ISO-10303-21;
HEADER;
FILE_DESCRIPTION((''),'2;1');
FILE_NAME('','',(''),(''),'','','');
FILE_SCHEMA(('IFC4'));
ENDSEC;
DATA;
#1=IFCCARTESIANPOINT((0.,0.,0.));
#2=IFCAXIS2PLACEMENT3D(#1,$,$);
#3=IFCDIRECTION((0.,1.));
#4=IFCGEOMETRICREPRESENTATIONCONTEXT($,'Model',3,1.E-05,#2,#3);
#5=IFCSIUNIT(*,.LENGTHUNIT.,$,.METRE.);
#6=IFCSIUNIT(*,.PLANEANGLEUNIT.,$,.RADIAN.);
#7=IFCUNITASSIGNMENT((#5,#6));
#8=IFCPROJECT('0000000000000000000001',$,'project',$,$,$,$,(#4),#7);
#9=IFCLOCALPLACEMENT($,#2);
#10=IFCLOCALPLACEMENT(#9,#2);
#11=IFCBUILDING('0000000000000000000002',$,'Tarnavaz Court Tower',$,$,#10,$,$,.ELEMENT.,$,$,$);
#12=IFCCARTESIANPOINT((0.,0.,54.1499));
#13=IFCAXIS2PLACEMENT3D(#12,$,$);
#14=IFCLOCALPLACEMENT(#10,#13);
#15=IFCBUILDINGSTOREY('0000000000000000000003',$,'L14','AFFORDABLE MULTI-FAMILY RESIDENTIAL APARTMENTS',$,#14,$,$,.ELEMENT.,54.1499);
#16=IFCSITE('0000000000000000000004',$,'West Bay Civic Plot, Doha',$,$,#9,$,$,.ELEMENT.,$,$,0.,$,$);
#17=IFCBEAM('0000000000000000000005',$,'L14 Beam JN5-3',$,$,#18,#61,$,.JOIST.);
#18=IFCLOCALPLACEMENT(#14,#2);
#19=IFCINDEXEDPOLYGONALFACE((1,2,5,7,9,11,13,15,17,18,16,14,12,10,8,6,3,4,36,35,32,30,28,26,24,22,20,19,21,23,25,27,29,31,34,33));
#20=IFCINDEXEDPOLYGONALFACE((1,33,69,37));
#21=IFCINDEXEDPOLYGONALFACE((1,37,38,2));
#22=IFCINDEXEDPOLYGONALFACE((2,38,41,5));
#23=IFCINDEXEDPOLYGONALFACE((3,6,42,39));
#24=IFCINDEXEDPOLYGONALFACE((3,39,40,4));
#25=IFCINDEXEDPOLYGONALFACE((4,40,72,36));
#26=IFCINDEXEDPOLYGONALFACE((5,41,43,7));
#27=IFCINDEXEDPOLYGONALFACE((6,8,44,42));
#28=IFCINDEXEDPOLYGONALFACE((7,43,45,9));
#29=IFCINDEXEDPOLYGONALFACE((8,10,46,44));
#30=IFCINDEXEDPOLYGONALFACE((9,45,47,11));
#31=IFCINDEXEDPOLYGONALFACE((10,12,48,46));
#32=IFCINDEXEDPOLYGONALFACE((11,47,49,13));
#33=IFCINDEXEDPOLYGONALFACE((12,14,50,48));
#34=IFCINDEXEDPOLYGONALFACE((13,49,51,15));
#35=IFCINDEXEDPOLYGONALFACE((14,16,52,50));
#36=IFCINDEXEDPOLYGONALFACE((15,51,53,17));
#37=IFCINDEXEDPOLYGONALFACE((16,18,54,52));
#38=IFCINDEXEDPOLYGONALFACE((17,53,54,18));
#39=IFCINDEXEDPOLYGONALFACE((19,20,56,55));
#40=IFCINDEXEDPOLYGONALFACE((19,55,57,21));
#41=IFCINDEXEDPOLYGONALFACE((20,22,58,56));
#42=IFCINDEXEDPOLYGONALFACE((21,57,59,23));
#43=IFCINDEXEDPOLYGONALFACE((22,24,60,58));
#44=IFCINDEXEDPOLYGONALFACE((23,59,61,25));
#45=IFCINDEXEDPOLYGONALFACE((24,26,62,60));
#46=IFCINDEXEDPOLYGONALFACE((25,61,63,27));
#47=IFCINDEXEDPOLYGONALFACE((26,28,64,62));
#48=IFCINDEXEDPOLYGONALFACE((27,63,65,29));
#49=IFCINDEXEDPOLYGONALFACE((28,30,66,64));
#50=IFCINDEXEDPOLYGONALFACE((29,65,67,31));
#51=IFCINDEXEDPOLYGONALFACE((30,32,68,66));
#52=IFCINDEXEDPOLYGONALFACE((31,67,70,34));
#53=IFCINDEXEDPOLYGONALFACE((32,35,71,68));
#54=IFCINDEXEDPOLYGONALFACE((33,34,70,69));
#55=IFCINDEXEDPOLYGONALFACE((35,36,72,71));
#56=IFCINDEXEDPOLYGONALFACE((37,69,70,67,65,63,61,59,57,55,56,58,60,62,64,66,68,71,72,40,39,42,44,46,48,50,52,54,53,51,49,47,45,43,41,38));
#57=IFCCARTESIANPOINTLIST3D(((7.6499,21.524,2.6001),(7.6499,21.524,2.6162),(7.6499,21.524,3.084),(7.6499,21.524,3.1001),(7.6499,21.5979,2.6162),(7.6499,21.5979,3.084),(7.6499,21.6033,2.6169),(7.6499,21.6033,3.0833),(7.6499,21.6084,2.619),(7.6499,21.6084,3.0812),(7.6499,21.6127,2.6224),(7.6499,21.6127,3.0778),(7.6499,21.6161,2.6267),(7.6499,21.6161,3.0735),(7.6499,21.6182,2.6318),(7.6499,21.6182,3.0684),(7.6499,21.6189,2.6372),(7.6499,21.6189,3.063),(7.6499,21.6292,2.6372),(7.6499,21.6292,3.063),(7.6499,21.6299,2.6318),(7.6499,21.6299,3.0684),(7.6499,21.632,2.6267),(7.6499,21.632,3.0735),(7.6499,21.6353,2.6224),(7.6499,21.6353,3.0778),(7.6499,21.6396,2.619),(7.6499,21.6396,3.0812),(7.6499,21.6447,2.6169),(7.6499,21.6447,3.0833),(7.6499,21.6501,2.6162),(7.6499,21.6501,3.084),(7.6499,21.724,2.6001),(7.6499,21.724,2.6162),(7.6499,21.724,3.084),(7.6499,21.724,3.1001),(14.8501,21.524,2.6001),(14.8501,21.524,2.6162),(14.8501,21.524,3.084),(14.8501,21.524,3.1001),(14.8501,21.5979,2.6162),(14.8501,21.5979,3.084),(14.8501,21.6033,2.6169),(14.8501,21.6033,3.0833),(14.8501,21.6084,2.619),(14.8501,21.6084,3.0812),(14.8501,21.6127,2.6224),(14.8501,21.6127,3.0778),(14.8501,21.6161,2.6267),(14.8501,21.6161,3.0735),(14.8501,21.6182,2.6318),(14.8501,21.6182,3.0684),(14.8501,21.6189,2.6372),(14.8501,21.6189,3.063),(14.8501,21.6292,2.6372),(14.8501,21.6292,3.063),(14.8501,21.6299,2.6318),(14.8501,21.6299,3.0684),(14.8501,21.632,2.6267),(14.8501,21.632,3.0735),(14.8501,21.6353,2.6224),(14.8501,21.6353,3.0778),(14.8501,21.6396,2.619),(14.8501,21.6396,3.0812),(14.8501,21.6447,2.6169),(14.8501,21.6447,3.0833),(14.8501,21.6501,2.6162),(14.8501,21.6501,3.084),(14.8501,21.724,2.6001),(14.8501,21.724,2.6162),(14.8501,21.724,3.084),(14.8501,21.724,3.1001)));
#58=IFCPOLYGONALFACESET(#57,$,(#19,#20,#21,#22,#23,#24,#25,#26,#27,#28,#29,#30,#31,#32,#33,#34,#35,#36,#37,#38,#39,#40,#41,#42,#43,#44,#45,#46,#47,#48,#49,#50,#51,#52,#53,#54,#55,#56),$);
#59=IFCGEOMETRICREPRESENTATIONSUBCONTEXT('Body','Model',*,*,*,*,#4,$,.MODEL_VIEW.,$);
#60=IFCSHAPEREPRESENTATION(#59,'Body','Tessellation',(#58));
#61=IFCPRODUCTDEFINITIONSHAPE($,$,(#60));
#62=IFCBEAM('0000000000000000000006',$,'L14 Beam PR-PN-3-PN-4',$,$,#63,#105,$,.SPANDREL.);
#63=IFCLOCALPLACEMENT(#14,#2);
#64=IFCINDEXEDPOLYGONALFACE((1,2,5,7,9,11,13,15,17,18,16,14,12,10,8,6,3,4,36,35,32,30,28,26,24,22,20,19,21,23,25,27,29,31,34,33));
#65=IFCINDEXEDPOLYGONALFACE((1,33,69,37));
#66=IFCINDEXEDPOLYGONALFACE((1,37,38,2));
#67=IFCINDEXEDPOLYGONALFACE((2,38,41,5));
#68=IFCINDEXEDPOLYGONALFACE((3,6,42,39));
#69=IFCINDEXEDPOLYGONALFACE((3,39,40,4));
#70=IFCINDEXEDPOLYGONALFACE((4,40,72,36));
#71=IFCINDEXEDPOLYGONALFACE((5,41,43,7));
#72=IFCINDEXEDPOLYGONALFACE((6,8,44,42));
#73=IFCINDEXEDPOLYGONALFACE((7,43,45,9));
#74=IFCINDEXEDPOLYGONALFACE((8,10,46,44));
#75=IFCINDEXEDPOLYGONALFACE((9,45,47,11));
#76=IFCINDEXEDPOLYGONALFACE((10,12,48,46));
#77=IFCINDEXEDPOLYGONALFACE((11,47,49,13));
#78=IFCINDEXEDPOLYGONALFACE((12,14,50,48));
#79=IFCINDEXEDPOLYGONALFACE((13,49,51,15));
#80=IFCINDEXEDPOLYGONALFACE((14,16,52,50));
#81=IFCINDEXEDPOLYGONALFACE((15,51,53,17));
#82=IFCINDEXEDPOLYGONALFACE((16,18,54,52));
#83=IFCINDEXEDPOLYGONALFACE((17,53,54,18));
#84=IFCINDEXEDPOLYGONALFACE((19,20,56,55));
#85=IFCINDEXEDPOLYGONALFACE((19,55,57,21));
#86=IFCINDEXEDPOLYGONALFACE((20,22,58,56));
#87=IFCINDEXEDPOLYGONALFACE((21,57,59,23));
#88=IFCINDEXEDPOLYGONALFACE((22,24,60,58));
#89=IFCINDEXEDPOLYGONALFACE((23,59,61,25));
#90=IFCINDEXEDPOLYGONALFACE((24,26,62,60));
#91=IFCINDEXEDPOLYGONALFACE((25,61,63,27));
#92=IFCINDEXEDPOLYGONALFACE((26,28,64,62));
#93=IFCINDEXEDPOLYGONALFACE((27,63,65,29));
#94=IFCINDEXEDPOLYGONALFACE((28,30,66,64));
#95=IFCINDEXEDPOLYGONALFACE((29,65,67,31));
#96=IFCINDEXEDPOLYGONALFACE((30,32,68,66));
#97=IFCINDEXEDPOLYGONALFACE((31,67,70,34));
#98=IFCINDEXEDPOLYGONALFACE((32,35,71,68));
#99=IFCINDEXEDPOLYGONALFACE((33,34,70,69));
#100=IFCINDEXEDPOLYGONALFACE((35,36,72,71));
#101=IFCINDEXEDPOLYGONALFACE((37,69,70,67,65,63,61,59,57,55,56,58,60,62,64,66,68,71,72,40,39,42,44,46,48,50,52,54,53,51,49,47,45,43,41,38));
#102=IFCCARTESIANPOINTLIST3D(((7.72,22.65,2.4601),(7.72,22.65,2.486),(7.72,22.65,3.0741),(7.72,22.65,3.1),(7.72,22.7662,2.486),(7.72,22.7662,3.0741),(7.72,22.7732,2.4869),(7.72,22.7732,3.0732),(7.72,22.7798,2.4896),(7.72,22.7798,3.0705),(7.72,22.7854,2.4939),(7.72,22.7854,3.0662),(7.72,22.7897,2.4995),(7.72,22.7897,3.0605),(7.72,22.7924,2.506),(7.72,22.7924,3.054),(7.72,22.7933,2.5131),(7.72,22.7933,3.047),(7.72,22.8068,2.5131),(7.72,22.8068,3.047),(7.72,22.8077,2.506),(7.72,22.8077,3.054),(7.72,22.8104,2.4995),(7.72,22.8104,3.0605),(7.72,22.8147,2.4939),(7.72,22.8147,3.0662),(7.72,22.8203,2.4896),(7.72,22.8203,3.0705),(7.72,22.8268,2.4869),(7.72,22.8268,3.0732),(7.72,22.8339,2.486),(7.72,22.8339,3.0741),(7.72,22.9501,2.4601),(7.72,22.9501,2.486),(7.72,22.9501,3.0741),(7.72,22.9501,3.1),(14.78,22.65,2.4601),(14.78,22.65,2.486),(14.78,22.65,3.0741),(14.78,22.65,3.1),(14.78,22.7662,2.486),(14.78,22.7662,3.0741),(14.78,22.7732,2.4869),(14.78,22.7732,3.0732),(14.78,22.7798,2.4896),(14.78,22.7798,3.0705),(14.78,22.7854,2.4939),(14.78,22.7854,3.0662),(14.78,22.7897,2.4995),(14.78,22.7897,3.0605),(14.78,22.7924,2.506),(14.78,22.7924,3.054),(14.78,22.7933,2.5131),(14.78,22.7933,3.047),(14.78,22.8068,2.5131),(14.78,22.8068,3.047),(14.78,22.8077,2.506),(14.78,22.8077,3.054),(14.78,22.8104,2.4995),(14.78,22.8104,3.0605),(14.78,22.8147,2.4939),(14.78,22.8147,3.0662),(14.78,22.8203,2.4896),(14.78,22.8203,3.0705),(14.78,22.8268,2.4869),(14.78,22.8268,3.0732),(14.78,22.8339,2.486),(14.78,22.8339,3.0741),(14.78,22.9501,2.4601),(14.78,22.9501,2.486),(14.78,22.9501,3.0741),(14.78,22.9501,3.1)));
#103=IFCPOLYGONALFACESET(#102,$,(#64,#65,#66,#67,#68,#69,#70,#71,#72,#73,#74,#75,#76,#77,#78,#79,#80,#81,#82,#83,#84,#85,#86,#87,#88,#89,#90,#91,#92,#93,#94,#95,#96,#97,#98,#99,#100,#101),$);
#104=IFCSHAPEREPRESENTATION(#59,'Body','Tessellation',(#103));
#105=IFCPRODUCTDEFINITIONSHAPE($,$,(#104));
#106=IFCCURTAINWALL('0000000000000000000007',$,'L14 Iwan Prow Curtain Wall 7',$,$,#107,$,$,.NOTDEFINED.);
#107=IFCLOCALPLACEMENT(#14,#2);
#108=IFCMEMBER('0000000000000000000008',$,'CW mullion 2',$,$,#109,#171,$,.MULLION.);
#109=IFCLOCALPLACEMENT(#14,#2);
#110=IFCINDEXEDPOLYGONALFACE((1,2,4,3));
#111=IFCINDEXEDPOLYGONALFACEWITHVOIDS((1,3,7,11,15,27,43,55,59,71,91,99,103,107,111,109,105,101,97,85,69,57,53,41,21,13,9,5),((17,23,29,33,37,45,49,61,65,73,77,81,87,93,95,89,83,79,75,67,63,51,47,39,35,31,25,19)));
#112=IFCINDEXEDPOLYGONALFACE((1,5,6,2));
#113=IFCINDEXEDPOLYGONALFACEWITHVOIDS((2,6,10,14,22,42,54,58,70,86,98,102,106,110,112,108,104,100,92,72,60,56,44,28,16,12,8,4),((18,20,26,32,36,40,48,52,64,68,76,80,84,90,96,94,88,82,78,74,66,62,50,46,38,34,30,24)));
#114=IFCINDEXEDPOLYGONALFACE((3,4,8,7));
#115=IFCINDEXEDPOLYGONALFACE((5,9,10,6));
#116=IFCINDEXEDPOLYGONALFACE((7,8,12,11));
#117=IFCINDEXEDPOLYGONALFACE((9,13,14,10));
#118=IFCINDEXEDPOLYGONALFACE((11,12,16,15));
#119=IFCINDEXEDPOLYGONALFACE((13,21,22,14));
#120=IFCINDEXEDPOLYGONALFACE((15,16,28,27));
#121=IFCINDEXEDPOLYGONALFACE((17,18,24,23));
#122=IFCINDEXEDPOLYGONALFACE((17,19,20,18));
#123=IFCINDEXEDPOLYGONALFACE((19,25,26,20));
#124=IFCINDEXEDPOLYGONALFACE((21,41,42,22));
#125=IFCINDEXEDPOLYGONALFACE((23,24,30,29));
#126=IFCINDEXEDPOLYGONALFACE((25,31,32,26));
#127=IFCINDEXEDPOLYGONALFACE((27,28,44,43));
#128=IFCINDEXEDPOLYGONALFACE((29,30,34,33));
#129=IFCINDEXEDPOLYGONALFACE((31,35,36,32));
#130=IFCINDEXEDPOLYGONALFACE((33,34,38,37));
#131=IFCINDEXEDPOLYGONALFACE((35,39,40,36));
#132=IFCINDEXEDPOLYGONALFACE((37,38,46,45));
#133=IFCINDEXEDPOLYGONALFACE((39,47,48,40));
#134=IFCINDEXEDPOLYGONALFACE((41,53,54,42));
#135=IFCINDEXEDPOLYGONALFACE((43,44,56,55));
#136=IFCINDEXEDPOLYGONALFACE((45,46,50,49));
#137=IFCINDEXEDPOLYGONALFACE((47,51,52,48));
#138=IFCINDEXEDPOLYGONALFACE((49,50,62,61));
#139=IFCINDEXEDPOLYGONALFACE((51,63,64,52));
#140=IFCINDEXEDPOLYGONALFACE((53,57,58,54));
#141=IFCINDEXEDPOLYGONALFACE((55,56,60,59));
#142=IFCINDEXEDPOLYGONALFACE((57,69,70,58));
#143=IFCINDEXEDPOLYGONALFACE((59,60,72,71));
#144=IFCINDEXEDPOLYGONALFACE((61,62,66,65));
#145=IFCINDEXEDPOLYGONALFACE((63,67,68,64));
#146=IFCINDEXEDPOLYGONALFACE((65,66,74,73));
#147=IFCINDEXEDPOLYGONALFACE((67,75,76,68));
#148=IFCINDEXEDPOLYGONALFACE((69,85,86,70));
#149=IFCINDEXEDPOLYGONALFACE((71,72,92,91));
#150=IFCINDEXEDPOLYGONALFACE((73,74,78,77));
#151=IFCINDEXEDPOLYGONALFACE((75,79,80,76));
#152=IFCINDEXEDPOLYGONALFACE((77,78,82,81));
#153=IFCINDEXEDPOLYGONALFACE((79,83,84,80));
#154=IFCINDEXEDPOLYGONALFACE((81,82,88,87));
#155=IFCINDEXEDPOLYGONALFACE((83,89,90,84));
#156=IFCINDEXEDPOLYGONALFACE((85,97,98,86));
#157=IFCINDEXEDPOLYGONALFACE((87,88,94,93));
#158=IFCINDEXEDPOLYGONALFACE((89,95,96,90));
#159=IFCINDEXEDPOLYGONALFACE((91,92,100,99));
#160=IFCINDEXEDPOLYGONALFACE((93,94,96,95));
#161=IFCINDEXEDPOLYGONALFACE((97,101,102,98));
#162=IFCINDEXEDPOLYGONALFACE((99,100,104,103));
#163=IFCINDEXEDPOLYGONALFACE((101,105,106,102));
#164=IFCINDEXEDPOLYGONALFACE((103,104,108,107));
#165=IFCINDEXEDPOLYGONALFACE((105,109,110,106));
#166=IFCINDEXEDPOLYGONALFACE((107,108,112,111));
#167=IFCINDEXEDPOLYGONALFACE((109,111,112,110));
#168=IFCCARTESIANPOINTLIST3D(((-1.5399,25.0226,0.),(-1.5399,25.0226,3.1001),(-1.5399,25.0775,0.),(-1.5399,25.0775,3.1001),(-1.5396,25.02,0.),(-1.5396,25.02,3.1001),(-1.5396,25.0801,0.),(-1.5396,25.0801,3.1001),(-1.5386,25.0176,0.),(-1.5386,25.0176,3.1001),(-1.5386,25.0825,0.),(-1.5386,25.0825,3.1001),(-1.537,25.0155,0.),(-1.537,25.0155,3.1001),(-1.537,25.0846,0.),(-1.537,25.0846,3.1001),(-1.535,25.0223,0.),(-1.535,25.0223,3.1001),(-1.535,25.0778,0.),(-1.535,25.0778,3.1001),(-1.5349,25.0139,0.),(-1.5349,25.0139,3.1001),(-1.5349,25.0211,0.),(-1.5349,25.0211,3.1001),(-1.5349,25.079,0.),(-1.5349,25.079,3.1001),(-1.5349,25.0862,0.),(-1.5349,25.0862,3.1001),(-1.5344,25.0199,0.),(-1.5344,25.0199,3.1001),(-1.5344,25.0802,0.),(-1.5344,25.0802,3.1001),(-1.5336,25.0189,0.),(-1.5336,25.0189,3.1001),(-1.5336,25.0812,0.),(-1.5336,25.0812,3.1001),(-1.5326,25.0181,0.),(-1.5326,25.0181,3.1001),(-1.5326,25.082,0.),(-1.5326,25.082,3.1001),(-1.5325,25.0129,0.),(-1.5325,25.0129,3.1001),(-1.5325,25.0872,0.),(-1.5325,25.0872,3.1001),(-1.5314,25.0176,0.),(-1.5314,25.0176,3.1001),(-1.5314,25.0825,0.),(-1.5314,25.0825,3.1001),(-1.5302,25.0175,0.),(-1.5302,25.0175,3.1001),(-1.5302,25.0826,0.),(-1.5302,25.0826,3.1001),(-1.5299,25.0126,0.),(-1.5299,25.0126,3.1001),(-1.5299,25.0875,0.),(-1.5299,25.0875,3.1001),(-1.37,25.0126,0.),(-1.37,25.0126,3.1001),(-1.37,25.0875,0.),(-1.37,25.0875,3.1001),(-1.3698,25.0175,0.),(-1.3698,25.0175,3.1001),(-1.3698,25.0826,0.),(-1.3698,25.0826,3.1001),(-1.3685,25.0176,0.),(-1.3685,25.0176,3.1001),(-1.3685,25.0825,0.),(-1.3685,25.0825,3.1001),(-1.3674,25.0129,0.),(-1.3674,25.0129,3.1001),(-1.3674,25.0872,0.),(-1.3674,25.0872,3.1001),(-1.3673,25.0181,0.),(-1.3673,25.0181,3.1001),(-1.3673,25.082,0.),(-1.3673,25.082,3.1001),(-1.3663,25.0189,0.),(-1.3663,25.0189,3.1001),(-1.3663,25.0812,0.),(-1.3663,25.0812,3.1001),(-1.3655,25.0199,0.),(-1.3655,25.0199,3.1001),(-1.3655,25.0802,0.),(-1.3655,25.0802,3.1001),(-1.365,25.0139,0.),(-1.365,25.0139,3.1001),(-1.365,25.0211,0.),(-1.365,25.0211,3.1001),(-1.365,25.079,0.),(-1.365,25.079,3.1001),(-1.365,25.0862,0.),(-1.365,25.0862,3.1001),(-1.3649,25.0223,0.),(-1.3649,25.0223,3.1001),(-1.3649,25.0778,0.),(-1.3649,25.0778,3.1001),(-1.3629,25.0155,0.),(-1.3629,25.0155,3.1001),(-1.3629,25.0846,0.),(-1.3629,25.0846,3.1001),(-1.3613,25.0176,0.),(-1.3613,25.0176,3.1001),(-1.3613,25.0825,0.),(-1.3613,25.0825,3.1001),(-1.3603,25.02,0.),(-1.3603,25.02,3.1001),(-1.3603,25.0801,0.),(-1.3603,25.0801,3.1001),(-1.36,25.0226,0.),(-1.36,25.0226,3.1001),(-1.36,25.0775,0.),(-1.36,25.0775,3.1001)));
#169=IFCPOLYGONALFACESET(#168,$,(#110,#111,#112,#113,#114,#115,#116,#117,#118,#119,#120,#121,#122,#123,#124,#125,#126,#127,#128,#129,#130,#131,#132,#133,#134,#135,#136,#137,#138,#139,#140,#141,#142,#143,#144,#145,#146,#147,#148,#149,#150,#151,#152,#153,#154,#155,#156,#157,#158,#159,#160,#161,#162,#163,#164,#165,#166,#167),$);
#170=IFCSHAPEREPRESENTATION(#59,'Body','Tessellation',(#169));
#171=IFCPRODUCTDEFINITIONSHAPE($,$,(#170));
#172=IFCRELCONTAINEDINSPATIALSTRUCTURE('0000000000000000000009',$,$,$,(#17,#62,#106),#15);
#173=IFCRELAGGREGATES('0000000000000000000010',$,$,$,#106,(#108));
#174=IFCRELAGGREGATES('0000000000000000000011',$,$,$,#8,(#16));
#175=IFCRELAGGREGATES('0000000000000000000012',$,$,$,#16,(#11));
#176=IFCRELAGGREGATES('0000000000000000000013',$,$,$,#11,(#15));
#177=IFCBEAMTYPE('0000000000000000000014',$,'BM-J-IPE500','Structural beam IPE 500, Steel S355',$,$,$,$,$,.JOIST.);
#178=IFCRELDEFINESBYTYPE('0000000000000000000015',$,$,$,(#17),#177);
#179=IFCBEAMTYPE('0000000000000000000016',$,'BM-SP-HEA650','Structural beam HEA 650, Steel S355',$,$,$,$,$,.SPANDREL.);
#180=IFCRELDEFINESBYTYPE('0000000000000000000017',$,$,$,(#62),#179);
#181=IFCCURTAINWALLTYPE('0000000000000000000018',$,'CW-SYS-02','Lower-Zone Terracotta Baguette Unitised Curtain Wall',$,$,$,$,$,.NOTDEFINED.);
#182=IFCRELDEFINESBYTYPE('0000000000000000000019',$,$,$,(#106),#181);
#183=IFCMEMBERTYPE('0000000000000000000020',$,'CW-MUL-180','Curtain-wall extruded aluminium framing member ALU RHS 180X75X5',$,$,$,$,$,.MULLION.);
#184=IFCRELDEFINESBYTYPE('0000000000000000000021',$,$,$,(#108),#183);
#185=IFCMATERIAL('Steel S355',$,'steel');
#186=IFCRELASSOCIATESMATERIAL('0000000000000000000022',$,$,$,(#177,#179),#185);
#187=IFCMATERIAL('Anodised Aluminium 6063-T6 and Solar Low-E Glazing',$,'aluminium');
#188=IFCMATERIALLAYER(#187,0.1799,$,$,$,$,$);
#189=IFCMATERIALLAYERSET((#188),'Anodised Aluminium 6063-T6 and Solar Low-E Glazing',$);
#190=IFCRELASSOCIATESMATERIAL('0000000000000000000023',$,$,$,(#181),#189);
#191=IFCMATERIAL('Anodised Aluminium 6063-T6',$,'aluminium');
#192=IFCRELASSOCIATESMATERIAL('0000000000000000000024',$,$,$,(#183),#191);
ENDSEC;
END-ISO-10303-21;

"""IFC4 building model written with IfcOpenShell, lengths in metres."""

from ifc_helpers import new_model, si_unit, direction, frame, origin, origin_2d, place, context, subcontext, project, spatial, hollow_rectangle, i_section, extrude, material, layer, layer_set, material_profile, profile_set, type_object, element, aggregate, save


model = new_model("IFC4")

# Units and contexts
model_context = context("Model", 3, precision=1e-05, world=origin(), true_north=direction((0.0, 1.0)))
body_context = subcontext(model_context, "Body", "Model", "MODEL_VIEW")
ifc_project = project(units=[si_unit("LENGTHUNIT", "METRE"), si_unit("PLANEANGLEUNIT", "RADIAN")], contexts=[model_context])

# Site, building, storey
site_placement = place(None, origin())
site = spatial("IfcSite", under=ifc_project, at=site_placement, Name="West Bay Civic Plot, Doha", CompositionType="ELEMENT", RefElevation=0.0)
building_placement = place(site_placement, origin())
building = spatial("IfcBuilding", under=site, at=building_placement, Name="Tarnavaz Court Tower", CompositionType="ELEMENT")
storey_placement = place(building_placement, frame((0.0, 0.0, 54.1499)))
storey = spatial("IfcBuildingStorey", under=building, at=storey_placement, Name="L14", Description="AFFORDABLE MULTI-FAMILY RESIDENTIAL APARTMENTS", CompositionType="ELEMENT", Elevation=54.1499)

# Beams
ifc_material_1 = material(Name="Steel S355", Category="steel")
ifc_material_profile_1 = material_profile(ifc_material_1, i_section(OverallWidth=0.2, OverallDepth=0.5, WebThickness=0.0103, FlangeThickness=0.0161, FilletRadius=0.021, at=origin_2d()), Name="IPE 500")
ifc_profile_set_1 = profile_set([ifc_material_profile_1], Name="Steel S355")
beam_type_1 = type_object("IfcBeamType", Name="BM-J-IPE500", Description="Structural beam IPE 500, Steel S355", PredefinedType="JOIST", material=ifc_profile_set_1)
for number, where, z_axis, x_axis, name in (
    (1, (7.6499, 21.624, 2.8501), (1.0, 0.0, 0.0), (0.0, 1.0, 0.0), "L14 Beam JN5-3"),
):
    element("IfcBeam", number, at=place(storey_placement, frame(where, z_axis=z_axis, x_axis=x_axis)), inside=storey, type_object=beam_type_1, Name=name, PredefinedType="JOIST", context=body_context, shape_type="SweptSolid", body=[
        extrude(i_section(OverallWidth=0.2, OverallDepth=0.5, WebThickness=0.0103, FlangeThickness=0.0161, FilletRadius=0.021, at=origin_2d()), origin(), (0.0, 0.0, 1.0), 7.2002),
    ])
ifc_material_profile_2 = material_profile(ifc_material_1, i_section(OverallWidth=0.3, OverallDepth=0.6399, WebThickness=0.0134, FlangeThickness=0.0259, FilletRadius=0.0271, at=origin_2d()), Name="HEA 650")
ifc_profile_set_2 = profile_set([ifc_material_profile_2], Name="Steel S355")
beam_type_2 = type_object("IfcBeamType", Name="BM-SP-HEA650", Description="Structural beam HEA 650, Steel S355", PredefinedType="SPANDREL", material=ifc_profile_set_2)
beam_placement = place(storey_placement, frame((7.72, 22.8, 2.78), z_axis=(1.0, 0.0, 0.0), x_axis=(0.0, 1.0, 0.0)))
element("IfcBeam", 2, at=beam_placement, inside=storey, type_object=beam_type_2, Name="L14 Beam PR-PN-3-PN-4", PredefinedType="SPANDREL", context=body_context, shape_type="SweptSolid", body=[
    extrude(i_section(OverallWidth=0.3, OverallDepth=0.6399, WebThickness=0.0134, FlangeThickness=0.0259, FilletRadius=0.0271, at=origin_2d()), origin(), (0.0, 0.0, 1.0), 7.0601),
])

# Curtain wall, member
ifc_material_2 = material(Name="Anodised Aluminium 6063-T6 and Solar Low-E Glazing", Category="aluminium")
ifc_layer_1 = layer(ifc_material_2, 0.1799)
ifc_layer_set_1 = layer_set([ifc_layer_1], Name="Anodised Aluminium 6063-T6 and Solar Low-E Glazing")
curtain_wall_type = type_object("IfcCurtainWallType", Name="CW-SYS-02", Description="Lower-Zone Terracotta Baguette Unitised Curtain Wall", PredefinedType="NOTDEFINED", material=ifc_layer_set_1)
curtain_wall_placement = place(storey_placement, origin())
curtain_wall = element("IfcCurtainWall", 3, at=curtain_wall_placement, inside=storey, type_object=curtain_wall_type, Name="L14 Iwan Prow Curtain Wall 7", PredefinedType="NOTDEFINED")
ifc_material_3 = material(Name="Anodised Aluminium 6063-T6", Category="aluminium")
ifc_material_profile_3 = material_profile(ifc_material_3, hollow_rectangle(XDim=0.075, YDim=0.1799, WallThickness=0.0049, InnerFilletRadius=0.0049, OuterFilletRadius=0.01, at=origin_2d()), Name="ALU RHS 180X75X5")
ifc_profile_set_3 = profile_set([ifc_material_profile_3], Name="Anodised Aluminium 6063-T6")
member_type_1 = type_object("IfcMemberType", Name="CW-MUL-180", Description="Curtain-wall extruded aluminium framing member ALU RHS 180X75X5", PredefinedType="MULLION", material=ifc_profile_set_3)
member_1_placement = place(storey_placement, frame((-1.45, 25.05, 0.0), z_axis=(0.0, 0.0, 1.0), x_axis=(0.0, 1.0, 0.0)))
member_1 = element("IfcMember", 4, at=member_1_placement, type_object=member_type_1, Name="CW mullion 2", PredefinedType="MULLION", context=body_context, shape_type="SweptSolid", body=[
    extrude(hollow_rectangle(XDim=0.075, YDim=0.1799, WallThickness=0.0049, InnerFilletRadius=0.0049, OuterFilletRadius=0.01, at=origin_2d()), origin(), (0.0, 0.0, 1.0), 3.1001),
])
aggregate(curtain_wall, [member_1])

save(model, "model.ifc")
